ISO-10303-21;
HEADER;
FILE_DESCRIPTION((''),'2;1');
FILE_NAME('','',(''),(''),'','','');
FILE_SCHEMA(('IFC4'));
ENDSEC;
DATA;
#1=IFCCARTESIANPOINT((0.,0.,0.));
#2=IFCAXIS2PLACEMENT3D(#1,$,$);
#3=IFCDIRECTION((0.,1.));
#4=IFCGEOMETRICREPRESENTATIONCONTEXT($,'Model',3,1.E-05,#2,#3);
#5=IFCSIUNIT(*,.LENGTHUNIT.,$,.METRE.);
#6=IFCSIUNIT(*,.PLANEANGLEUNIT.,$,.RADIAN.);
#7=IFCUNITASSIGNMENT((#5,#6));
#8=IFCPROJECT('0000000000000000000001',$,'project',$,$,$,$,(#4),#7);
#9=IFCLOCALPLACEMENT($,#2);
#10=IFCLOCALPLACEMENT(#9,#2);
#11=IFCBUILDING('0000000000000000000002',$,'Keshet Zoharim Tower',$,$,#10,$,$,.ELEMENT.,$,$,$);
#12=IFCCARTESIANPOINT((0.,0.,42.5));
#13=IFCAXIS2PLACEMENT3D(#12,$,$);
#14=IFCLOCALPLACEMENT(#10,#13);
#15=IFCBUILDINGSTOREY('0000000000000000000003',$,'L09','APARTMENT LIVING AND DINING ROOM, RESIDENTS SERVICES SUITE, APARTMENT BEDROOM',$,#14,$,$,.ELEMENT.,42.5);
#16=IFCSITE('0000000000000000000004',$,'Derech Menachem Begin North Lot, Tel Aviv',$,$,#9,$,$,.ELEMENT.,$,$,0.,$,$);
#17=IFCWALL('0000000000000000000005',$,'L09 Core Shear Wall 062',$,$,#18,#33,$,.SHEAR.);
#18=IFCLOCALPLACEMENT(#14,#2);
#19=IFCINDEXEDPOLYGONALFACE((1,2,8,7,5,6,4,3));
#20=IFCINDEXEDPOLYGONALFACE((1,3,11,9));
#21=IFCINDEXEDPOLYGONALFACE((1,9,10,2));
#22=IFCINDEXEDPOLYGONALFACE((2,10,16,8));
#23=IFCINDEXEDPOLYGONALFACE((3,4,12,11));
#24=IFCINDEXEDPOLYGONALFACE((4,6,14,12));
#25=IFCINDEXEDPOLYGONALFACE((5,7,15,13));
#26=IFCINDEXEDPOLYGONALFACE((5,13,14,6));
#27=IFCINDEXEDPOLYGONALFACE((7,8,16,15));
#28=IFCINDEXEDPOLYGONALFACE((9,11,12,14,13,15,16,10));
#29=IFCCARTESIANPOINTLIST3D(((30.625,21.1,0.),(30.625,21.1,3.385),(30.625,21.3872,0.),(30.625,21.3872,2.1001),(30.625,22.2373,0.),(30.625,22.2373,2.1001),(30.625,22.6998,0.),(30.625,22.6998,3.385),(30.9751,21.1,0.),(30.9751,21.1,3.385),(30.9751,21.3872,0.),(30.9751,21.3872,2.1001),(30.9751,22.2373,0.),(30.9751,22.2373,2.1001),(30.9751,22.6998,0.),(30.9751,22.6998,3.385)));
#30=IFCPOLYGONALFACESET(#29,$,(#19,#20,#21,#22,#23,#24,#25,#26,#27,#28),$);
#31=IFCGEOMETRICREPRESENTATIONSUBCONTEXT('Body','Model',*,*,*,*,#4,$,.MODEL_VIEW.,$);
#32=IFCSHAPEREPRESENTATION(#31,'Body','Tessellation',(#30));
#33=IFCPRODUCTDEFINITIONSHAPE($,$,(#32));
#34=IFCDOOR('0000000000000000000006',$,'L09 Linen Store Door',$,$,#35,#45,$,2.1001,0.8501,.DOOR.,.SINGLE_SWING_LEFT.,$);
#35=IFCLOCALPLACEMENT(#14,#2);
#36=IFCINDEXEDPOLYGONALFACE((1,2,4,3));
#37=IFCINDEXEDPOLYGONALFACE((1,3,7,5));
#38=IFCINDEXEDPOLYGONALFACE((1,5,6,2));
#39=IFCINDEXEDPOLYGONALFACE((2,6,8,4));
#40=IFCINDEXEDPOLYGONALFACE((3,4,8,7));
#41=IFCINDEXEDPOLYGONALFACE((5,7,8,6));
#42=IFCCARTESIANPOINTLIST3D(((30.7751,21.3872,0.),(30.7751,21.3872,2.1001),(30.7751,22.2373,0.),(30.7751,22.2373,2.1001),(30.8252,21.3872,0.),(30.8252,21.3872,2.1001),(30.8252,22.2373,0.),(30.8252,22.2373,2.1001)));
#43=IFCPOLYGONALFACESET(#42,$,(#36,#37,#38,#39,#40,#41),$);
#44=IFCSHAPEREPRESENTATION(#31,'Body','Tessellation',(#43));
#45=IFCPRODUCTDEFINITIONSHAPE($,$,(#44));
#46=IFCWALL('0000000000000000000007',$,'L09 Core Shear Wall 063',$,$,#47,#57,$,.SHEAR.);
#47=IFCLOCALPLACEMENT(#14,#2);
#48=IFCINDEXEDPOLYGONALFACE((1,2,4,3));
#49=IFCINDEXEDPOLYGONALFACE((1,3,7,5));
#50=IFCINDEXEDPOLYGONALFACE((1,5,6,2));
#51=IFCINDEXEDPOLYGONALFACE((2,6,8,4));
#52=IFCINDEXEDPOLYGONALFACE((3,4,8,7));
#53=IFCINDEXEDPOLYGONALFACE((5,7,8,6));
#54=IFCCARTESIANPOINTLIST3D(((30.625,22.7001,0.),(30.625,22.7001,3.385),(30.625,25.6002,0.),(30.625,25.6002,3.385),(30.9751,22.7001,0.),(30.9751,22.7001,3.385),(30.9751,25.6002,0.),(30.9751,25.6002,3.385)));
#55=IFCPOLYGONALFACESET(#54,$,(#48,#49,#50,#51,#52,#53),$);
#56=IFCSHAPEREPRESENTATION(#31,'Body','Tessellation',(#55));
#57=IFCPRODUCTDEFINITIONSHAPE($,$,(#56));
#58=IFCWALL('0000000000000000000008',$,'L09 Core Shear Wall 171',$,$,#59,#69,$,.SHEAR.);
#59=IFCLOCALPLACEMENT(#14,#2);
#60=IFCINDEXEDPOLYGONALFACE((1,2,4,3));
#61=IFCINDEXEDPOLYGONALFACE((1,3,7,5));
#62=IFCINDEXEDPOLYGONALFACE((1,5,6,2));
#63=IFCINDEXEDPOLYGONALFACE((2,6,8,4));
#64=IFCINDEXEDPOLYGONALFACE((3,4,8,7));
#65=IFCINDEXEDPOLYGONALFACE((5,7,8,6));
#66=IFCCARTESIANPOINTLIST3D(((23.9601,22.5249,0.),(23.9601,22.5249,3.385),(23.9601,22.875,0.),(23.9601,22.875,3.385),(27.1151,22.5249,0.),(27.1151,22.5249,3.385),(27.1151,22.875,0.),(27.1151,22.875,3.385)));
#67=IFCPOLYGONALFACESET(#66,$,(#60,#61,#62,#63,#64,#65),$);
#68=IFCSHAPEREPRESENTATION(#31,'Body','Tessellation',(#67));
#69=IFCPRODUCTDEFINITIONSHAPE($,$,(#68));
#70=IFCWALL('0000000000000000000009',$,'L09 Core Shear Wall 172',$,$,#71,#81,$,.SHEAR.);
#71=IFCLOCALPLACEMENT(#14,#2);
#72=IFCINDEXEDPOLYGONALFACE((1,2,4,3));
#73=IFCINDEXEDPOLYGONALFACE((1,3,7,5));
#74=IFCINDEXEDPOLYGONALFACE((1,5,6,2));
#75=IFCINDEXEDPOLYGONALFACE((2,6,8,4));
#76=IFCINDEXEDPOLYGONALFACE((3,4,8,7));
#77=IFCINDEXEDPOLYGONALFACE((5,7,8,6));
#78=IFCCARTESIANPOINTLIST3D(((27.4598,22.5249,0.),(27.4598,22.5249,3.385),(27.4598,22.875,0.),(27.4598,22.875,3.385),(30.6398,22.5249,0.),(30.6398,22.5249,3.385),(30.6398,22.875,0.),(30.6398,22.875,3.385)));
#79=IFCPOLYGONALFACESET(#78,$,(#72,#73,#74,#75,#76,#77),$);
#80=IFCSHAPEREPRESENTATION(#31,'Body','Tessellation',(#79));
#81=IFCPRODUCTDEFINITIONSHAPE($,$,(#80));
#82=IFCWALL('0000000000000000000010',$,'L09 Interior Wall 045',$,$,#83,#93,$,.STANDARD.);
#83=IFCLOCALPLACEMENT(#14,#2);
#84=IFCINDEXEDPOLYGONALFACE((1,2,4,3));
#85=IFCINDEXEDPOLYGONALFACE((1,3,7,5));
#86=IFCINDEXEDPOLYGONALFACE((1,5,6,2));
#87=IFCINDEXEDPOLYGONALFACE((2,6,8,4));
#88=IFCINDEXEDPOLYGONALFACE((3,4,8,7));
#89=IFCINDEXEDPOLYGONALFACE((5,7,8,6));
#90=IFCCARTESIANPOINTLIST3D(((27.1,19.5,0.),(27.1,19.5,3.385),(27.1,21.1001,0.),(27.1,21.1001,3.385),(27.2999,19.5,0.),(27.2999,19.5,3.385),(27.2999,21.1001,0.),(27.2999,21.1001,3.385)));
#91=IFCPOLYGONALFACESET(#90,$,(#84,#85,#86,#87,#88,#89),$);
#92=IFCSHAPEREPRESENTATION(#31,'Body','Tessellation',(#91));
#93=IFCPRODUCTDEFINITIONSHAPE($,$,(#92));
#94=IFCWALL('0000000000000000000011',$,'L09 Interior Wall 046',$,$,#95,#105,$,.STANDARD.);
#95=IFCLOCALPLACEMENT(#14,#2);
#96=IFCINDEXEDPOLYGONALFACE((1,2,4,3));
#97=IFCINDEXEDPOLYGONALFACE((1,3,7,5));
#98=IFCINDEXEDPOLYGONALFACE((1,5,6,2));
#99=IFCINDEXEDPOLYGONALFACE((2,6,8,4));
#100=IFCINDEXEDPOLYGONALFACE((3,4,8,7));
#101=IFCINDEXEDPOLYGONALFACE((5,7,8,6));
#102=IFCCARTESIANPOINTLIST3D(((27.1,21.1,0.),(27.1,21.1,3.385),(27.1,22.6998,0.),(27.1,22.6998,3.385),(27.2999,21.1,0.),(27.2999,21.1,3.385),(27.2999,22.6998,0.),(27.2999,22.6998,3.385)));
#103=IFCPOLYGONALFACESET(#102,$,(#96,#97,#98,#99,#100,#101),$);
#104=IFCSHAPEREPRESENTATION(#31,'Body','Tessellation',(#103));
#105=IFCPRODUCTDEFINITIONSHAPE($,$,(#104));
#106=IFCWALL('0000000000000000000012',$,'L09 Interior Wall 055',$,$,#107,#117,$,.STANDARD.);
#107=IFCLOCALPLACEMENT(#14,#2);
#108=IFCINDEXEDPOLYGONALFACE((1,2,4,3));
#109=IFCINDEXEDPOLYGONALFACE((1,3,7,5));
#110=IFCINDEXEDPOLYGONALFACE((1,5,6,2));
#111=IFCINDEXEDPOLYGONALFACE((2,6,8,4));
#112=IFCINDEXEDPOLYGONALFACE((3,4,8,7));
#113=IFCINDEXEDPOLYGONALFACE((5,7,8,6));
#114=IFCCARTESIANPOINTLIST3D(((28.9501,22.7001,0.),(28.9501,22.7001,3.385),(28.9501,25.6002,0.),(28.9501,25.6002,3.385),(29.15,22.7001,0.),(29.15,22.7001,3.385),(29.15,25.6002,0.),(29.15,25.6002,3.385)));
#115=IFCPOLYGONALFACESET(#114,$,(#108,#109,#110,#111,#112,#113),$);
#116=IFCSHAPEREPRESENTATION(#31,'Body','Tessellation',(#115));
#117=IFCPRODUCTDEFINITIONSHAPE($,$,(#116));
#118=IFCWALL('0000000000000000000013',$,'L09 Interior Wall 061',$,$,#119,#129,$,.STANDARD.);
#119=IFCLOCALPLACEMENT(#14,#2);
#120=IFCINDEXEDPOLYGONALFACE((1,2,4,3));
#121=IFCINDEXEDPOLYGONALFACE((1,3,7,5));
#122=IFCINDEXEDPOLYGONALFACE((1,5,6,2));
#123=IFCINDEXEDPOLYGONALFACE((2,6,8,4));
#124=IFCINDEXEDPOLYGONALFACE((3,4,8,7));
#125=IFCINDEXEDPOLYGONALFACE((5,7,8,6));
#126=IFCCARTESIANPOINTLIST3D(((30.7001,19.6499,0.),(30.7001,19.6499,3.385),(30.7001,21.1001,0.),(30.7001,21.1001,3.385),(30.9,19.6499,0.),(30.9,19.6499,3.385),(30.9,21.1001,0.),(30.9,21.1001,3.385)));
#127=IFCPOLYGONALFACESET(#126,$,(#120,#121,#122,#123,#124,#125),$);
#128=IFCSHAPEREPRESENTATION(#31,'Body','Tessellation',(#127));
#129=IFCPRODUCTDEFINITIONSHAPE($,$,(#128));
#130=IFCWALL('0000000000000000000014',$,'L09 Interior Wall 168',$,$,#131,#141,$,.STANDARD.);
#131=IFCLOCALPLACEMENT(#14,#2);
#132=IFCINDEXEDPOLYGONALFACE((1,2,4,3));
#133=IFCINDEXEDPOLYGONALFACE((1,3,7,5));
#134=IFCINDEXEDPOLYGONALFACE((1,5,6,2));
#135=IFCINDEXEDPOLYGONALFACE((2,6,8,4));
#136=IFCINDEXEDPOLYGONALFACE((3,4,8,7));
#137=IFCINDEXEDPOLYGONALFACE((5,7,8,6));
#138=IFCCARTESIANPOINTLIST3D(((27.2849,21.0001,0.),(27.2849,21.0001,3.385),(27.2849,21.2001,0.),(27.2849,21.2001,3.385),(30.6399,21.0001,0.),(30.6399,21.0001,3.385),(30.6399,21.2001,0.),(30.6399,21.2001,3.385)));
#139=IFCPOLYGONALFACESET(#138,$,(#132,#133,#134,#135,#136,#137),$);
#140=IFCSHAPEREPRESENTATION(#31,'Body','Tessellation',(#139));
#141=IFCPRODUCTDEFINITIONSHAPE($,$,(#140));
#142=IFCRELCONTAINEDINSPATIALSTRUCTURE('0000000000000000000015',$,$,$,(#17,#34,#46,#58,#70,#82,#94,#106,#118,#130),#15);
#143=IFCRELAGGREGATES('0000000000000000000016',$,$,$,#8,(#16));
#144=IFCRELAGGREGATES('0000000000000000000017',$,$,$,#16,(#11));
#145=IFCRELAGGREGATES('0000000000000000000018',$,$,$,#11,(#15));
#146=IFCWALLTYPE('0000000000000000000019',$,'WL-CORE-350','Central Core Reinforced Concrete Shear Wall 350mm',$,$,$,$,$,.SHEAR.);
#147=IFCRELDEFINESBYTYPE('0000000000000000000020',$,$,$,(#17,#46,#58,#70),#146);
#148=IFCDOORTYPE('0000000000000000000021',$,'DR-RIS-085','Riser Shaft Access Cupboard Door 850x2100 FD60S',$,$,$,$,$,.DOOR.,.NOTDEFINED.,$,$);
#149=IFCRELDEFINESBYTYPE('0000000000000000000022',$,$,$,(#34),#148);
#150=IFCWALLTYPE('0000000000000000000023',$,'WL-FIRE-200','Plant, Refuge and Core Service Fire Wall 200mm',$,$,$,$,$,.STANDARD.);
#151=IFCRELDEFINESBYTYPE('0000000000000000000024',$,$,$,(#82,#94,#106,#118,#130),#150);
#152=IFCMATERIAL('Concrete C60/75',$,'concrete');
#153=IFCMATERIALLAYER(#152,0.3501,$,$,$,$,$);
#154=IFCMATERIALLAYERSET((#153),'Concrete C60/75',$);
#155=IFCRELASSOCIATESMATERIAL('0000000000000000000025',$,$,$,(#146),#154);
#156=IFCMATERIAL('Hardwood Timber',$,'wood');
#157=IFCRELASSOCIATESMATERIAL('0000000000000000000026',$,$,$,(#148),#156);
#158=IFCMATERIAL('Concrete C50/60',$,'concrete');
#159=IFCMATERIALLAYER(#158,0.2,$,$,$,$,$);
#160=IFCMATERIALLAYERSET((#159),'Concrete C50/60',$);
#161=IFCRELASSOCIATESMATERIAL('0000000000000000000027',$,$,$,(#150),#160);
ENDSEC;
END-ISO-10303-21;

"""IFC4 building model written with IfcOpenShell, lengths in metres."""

from ifc_helpers import new_model, si_unit, direction, frame, frame_2d, origin, place, context, subcontext, project, spatial, rectangle, extrude, material, layer, layer_set, type_object, element, fill, save


model = new_model("IFC4")

# Units and contexts
model_context = context("Model", 3, precision=1e-05, world=origin(), true_north=direction((0.0, 1.0)))
body_context = subcontext(model_context, "Body", "Model", "MODEL_VIEW")
ifc_project = project(units=[si_unit("LENGTHUNIT", "METRE"), si_unit("PLANEANGLEUNIT", "RADIAN")], contexts=[model_context])

# Site, building, storey
site_placement = place(None, origin())
site = spatial("IfcSite", under=ifc_project, at=site_placement, Name="Derech Menachem Begin North Lot, Tel Aviv", CompositionType="ELEMENT", RefElevation=0.0)
building_placement = place(site_placement, origin())
building = spatial("IfcBuilding", under=site, at=building_placement, Name="Keshet Zoharim Tower", CompositionType="ELEMENT")
storey_placement = place(building_placement, frame((0.0, 0.0, 42.5)))
storey = spatial("IfcBuildingStorey", under=building, at=storey_placement, Name="L09", Description="APARTMENT LIVING AND DINING ROOM, RESIDENTS SERVICES SUITE, APARTMENT BEDROOM", CompositionType="ELEMENT", Elevation=42.5)

# Shared definitions
ifc_material_1 = material(Name="Concrete C60/75", Category="concrete")

# Shared definitions
ifc_layer_1 = layer(ifc_material_1, 0.3501)
ifc_layer_set_1 = layer_set([ifc_layer_1], Name="Concrete C60/75")
wall_type_1 = type_object("IfcWallType", Name="WL-CORE-350", Description="Central Core Reinforced Concrete Shear Wall 350mm", PredefinedType="SHEAR", material=ifc_layer_set_1)
ifc_material_2 = material(Name="Hardwood Timber", Category="wood")

# Wall, opening, door
wall_1_placement = place(storey_placement, frame((30.8, 21.1001, 0.0), z_axis=(0.0, 0.0, 1.0), x_axis=(0.0, 1.0, 0.0)))
wall_1 = element("IfcWall", 1, at=wall_1_placement, inside=storey, type_object=wall_type_1, Name="L09 Core Shear Wall 062", PredefinedType="SHEAR", context=body_context, shape_type="SweptSolid", body=[
    extrude(rectangle(XDim=1.5999, YDim=0.3501, at=frame_2d((0.7998, 0.0))), origin(), (0.0, 0.0, 1.0), 3.385),
])
opening_1_placement = place(wall_1_placement, frame((0.2871, 0.0, 0.0)))
opening_1 = element("IfcOpeningElement", 2, at=opening_1_placement, cuts=wall_1, PredefinedType="OPENING", context=body_context, shape_type="SweptSolid", body=[
    extrude(rectangle(XDim=0.8501, YDim=2.1001, at=frame_2d((0.425, 1.05))), frame((0.0, 0.1851, 0.0), z_axis=(0.0, -1.0, 0.0), x_axis=(1.0, 0.0, 0.0)), (0.0, 0.0, 1.0), 0.3701),
])
door_type_1 = type_object("IfcDoorType", Name="DR-RIS-085", Description="Riser Shaft Access Cupboard Door 850x2100 FD60S", OperationType="NOTDEFINED", PredefinedType="DOOR", material=ifc_material_2)
door_1_placement = place(opening_1_placement, origin())
door_1 = element("IfcDoor", 3, at=door_1_placement, inside=storey, type_object=door_type_1, Name="L09 Linen Store Door", OperationType="SINGLE_SWING_LEFT", OverallHeight=2.1001, OverallWidth=0.8501, PredefinedType="DOOR", context=body_context, shape_type="SweptSolid", body=[
    extrude(rectangle(XDim=0.8501, YDim=2.1001, at=frame_2d((0.425, 1.05))), frame((0.0, 0.0249, 0.0), z_axis=(0.0, -1.0, 0.0), x_axis=(1.0, 0.0, 0.0)), (0.0, 0.0, 1.0), 0.05),
])
fill(opening_1, door_1)

# Walls
wall_2_placement = place(storey_placement, frame((30.8, 22.7, 0.0), z_axis=(0.0, 0.0, 1.0), x_axis=(0.0, 1.0, 0.0)))
element("IfcWall", 4, at=wall_2_placement, inside=storey, type_object=wall_type_1, Name="L09 Core Shear Wall 063", PredefinedType="SHEAR", context=body_context, shape_type="SweptSolid", body=[
    extrude(rectangle(XDim=2.9001, YDim=0.3501, at=frame_2d((1.4502, 0.0))), origin(), (0.0, 0.0, 1.0), 3.385),
])
wall_3_placement = place(storey_placement, frame((23.96, 22.7, 0.0), z_axis=(0.0, 0.0, 1.0), x_axis=(1.0, 0.0, 0.0)))
element("IfcWall", 5, at=wall_3_placement, inside=storey, type_object=wall_type_1, Name="L09 Core Shear Wall 171", PredefinedType="SHEAR", context=body_context, shape_type="SweptSolid", body=[
    extrude(rectangle(XDim=3.155, YDim=0.3501, at=frame_2d((1.5776, 0.0))), origin(), (0.0, 0.0, 1.0), 3.385),
])
wall_4_placement = place(storey_placement, frame((27.46, 22.7, 0.0), z_axis=(0.0, 0.0, 1.0), x_axis=(1.0, 0.0, 0.0)))
element("IfcWall", 6, at=wall_4_placement, inside=storey, type_object=wall_type_1, Name="L09 Core Shear Wall 172", PredefinedType="SHEAR", context=body_context, shape_type="SweptSolid", body=[
    extrude(rectangle(XDim=3.1799, YDim=0.3501, at=frame_2d((1.5898, 0.0))), origin(), (0.0, 0.0, 1.0), 3.385),
])
ifc_material_3 = material(Name="Concrete C50/60", Category="concrete")
ifc_layer_2 = layer(ifc_material_3, 0.2)
ifc_layer_set_2 = layer_set([ifc_layer_2], Name="Concrete C50/60")
wall_type_2 = type_object("IfcWallType", Name="WL-FIRE-200", Description="Plant, Refuge and Core Service Fire Wall 200mm", PredefinedType="STANDARD", material=ifc_layer_set_2)
wall_5_placement = place(storey_placement, frame((27.2, 19.5, 0.0), z_axis=(0.0, 0.0, 1.0), x_axis=(0.0, 1.0, 0.0)))
element("IfcWall", 7, at=wall_5_placement, inside=storey, type_object=wall_type_2, Name="L09 Interior Wall 045", PredefinedType="STANDARD", context=body_context, shape_type="SweptSolid", body=[
    extrude(rectangle(XDim=1.6001, YDim=0.2, at=frame_2d((0.8, 0.0))), origin(), (0.0, 0.0, 1.0), 3.385),
])
wall_6_placement = place(storey_placement, frame((27.2, 21.1001, 0.0), z_axis=(0.0, 0.0, 1.0), x_axis=(0.0, 1.0, 0.0)))
element("IfcWall", 8, at=wall_6_placement, inside=storey, type_object=wall_type_2, Name="L09 Interior Wall 046", PredefinedType="STANDARD", context=body_context, shape_type="SweptSolid", body=[
    extrude(rectangle(XDim=1.5999, YDim=0.2, at=frame_2d((0.7998, 0.0))), origin(), (0.0, 0.0, 1.0), 3.385),
])
wall_7_placement = place(storey_placement, frame((29.05, 22.7, 0.0), z_axis=(0.0, 0.0, 1.0), x_axis=(0.0, 1.0, 0.0)))
element("IfcWall", 9, at=wall_7_placement, inside=storey, type_object=wall_type_2, Name="L09 Interior Wall 055", PredefinedType="STANDARD", context=body_context, shape_type="SweptSolid", body=[
    extrude(rectangle(XDim=2.9001, YDim=0.2, at=frame_2d((1.4502, 0.0))), origin(), (0.0, 0.0, 1.0), 3.385),
])
wall_8_placement = place(storey_placement, frame((30.8, 19.6499, 0.0), z_axis=(0.0, 0.0, 1.0), x_axis=(0.0, 1.0, 0.0)))
element("IfcWall", 10, at=wall_8_placement, inside=storey, type_object=wall_type_2, Name="L09 Interior Wall 061", PredefinedType="STANDARD", context=body_context, shape_type="SweptSolid", body=[
    extrude(rectangle(XDim=1.4502, YDim=0.2, at=frame_2d((0.7251, 0.0))), origin(), (0.0, 0.0, 1.0), 3.385),
])

# Wall
wall_9_placement = place(storey_placement, frame((27.2849, 21.1001, 0.0), z_axis=(0.0, 0.0, 1.0), x_axis=(1.0, 0.0, 0.0)))
element("IfcWall", 11, at=wall_9_placement, inside=storey, type_object=wall_type_2, Name="L09 Interior Wall 168", PredefinedType="STANDARD", context=body_context, shape_type="SweptSolid", body=[
    extrude(rectangle(XDim=3.355, YDim=0.2, at=frame_2d((1.6775, 0.0))), origin(), (0.0, 0.0, 1.0), 3.385),
])

save(model, "model.ifc")
